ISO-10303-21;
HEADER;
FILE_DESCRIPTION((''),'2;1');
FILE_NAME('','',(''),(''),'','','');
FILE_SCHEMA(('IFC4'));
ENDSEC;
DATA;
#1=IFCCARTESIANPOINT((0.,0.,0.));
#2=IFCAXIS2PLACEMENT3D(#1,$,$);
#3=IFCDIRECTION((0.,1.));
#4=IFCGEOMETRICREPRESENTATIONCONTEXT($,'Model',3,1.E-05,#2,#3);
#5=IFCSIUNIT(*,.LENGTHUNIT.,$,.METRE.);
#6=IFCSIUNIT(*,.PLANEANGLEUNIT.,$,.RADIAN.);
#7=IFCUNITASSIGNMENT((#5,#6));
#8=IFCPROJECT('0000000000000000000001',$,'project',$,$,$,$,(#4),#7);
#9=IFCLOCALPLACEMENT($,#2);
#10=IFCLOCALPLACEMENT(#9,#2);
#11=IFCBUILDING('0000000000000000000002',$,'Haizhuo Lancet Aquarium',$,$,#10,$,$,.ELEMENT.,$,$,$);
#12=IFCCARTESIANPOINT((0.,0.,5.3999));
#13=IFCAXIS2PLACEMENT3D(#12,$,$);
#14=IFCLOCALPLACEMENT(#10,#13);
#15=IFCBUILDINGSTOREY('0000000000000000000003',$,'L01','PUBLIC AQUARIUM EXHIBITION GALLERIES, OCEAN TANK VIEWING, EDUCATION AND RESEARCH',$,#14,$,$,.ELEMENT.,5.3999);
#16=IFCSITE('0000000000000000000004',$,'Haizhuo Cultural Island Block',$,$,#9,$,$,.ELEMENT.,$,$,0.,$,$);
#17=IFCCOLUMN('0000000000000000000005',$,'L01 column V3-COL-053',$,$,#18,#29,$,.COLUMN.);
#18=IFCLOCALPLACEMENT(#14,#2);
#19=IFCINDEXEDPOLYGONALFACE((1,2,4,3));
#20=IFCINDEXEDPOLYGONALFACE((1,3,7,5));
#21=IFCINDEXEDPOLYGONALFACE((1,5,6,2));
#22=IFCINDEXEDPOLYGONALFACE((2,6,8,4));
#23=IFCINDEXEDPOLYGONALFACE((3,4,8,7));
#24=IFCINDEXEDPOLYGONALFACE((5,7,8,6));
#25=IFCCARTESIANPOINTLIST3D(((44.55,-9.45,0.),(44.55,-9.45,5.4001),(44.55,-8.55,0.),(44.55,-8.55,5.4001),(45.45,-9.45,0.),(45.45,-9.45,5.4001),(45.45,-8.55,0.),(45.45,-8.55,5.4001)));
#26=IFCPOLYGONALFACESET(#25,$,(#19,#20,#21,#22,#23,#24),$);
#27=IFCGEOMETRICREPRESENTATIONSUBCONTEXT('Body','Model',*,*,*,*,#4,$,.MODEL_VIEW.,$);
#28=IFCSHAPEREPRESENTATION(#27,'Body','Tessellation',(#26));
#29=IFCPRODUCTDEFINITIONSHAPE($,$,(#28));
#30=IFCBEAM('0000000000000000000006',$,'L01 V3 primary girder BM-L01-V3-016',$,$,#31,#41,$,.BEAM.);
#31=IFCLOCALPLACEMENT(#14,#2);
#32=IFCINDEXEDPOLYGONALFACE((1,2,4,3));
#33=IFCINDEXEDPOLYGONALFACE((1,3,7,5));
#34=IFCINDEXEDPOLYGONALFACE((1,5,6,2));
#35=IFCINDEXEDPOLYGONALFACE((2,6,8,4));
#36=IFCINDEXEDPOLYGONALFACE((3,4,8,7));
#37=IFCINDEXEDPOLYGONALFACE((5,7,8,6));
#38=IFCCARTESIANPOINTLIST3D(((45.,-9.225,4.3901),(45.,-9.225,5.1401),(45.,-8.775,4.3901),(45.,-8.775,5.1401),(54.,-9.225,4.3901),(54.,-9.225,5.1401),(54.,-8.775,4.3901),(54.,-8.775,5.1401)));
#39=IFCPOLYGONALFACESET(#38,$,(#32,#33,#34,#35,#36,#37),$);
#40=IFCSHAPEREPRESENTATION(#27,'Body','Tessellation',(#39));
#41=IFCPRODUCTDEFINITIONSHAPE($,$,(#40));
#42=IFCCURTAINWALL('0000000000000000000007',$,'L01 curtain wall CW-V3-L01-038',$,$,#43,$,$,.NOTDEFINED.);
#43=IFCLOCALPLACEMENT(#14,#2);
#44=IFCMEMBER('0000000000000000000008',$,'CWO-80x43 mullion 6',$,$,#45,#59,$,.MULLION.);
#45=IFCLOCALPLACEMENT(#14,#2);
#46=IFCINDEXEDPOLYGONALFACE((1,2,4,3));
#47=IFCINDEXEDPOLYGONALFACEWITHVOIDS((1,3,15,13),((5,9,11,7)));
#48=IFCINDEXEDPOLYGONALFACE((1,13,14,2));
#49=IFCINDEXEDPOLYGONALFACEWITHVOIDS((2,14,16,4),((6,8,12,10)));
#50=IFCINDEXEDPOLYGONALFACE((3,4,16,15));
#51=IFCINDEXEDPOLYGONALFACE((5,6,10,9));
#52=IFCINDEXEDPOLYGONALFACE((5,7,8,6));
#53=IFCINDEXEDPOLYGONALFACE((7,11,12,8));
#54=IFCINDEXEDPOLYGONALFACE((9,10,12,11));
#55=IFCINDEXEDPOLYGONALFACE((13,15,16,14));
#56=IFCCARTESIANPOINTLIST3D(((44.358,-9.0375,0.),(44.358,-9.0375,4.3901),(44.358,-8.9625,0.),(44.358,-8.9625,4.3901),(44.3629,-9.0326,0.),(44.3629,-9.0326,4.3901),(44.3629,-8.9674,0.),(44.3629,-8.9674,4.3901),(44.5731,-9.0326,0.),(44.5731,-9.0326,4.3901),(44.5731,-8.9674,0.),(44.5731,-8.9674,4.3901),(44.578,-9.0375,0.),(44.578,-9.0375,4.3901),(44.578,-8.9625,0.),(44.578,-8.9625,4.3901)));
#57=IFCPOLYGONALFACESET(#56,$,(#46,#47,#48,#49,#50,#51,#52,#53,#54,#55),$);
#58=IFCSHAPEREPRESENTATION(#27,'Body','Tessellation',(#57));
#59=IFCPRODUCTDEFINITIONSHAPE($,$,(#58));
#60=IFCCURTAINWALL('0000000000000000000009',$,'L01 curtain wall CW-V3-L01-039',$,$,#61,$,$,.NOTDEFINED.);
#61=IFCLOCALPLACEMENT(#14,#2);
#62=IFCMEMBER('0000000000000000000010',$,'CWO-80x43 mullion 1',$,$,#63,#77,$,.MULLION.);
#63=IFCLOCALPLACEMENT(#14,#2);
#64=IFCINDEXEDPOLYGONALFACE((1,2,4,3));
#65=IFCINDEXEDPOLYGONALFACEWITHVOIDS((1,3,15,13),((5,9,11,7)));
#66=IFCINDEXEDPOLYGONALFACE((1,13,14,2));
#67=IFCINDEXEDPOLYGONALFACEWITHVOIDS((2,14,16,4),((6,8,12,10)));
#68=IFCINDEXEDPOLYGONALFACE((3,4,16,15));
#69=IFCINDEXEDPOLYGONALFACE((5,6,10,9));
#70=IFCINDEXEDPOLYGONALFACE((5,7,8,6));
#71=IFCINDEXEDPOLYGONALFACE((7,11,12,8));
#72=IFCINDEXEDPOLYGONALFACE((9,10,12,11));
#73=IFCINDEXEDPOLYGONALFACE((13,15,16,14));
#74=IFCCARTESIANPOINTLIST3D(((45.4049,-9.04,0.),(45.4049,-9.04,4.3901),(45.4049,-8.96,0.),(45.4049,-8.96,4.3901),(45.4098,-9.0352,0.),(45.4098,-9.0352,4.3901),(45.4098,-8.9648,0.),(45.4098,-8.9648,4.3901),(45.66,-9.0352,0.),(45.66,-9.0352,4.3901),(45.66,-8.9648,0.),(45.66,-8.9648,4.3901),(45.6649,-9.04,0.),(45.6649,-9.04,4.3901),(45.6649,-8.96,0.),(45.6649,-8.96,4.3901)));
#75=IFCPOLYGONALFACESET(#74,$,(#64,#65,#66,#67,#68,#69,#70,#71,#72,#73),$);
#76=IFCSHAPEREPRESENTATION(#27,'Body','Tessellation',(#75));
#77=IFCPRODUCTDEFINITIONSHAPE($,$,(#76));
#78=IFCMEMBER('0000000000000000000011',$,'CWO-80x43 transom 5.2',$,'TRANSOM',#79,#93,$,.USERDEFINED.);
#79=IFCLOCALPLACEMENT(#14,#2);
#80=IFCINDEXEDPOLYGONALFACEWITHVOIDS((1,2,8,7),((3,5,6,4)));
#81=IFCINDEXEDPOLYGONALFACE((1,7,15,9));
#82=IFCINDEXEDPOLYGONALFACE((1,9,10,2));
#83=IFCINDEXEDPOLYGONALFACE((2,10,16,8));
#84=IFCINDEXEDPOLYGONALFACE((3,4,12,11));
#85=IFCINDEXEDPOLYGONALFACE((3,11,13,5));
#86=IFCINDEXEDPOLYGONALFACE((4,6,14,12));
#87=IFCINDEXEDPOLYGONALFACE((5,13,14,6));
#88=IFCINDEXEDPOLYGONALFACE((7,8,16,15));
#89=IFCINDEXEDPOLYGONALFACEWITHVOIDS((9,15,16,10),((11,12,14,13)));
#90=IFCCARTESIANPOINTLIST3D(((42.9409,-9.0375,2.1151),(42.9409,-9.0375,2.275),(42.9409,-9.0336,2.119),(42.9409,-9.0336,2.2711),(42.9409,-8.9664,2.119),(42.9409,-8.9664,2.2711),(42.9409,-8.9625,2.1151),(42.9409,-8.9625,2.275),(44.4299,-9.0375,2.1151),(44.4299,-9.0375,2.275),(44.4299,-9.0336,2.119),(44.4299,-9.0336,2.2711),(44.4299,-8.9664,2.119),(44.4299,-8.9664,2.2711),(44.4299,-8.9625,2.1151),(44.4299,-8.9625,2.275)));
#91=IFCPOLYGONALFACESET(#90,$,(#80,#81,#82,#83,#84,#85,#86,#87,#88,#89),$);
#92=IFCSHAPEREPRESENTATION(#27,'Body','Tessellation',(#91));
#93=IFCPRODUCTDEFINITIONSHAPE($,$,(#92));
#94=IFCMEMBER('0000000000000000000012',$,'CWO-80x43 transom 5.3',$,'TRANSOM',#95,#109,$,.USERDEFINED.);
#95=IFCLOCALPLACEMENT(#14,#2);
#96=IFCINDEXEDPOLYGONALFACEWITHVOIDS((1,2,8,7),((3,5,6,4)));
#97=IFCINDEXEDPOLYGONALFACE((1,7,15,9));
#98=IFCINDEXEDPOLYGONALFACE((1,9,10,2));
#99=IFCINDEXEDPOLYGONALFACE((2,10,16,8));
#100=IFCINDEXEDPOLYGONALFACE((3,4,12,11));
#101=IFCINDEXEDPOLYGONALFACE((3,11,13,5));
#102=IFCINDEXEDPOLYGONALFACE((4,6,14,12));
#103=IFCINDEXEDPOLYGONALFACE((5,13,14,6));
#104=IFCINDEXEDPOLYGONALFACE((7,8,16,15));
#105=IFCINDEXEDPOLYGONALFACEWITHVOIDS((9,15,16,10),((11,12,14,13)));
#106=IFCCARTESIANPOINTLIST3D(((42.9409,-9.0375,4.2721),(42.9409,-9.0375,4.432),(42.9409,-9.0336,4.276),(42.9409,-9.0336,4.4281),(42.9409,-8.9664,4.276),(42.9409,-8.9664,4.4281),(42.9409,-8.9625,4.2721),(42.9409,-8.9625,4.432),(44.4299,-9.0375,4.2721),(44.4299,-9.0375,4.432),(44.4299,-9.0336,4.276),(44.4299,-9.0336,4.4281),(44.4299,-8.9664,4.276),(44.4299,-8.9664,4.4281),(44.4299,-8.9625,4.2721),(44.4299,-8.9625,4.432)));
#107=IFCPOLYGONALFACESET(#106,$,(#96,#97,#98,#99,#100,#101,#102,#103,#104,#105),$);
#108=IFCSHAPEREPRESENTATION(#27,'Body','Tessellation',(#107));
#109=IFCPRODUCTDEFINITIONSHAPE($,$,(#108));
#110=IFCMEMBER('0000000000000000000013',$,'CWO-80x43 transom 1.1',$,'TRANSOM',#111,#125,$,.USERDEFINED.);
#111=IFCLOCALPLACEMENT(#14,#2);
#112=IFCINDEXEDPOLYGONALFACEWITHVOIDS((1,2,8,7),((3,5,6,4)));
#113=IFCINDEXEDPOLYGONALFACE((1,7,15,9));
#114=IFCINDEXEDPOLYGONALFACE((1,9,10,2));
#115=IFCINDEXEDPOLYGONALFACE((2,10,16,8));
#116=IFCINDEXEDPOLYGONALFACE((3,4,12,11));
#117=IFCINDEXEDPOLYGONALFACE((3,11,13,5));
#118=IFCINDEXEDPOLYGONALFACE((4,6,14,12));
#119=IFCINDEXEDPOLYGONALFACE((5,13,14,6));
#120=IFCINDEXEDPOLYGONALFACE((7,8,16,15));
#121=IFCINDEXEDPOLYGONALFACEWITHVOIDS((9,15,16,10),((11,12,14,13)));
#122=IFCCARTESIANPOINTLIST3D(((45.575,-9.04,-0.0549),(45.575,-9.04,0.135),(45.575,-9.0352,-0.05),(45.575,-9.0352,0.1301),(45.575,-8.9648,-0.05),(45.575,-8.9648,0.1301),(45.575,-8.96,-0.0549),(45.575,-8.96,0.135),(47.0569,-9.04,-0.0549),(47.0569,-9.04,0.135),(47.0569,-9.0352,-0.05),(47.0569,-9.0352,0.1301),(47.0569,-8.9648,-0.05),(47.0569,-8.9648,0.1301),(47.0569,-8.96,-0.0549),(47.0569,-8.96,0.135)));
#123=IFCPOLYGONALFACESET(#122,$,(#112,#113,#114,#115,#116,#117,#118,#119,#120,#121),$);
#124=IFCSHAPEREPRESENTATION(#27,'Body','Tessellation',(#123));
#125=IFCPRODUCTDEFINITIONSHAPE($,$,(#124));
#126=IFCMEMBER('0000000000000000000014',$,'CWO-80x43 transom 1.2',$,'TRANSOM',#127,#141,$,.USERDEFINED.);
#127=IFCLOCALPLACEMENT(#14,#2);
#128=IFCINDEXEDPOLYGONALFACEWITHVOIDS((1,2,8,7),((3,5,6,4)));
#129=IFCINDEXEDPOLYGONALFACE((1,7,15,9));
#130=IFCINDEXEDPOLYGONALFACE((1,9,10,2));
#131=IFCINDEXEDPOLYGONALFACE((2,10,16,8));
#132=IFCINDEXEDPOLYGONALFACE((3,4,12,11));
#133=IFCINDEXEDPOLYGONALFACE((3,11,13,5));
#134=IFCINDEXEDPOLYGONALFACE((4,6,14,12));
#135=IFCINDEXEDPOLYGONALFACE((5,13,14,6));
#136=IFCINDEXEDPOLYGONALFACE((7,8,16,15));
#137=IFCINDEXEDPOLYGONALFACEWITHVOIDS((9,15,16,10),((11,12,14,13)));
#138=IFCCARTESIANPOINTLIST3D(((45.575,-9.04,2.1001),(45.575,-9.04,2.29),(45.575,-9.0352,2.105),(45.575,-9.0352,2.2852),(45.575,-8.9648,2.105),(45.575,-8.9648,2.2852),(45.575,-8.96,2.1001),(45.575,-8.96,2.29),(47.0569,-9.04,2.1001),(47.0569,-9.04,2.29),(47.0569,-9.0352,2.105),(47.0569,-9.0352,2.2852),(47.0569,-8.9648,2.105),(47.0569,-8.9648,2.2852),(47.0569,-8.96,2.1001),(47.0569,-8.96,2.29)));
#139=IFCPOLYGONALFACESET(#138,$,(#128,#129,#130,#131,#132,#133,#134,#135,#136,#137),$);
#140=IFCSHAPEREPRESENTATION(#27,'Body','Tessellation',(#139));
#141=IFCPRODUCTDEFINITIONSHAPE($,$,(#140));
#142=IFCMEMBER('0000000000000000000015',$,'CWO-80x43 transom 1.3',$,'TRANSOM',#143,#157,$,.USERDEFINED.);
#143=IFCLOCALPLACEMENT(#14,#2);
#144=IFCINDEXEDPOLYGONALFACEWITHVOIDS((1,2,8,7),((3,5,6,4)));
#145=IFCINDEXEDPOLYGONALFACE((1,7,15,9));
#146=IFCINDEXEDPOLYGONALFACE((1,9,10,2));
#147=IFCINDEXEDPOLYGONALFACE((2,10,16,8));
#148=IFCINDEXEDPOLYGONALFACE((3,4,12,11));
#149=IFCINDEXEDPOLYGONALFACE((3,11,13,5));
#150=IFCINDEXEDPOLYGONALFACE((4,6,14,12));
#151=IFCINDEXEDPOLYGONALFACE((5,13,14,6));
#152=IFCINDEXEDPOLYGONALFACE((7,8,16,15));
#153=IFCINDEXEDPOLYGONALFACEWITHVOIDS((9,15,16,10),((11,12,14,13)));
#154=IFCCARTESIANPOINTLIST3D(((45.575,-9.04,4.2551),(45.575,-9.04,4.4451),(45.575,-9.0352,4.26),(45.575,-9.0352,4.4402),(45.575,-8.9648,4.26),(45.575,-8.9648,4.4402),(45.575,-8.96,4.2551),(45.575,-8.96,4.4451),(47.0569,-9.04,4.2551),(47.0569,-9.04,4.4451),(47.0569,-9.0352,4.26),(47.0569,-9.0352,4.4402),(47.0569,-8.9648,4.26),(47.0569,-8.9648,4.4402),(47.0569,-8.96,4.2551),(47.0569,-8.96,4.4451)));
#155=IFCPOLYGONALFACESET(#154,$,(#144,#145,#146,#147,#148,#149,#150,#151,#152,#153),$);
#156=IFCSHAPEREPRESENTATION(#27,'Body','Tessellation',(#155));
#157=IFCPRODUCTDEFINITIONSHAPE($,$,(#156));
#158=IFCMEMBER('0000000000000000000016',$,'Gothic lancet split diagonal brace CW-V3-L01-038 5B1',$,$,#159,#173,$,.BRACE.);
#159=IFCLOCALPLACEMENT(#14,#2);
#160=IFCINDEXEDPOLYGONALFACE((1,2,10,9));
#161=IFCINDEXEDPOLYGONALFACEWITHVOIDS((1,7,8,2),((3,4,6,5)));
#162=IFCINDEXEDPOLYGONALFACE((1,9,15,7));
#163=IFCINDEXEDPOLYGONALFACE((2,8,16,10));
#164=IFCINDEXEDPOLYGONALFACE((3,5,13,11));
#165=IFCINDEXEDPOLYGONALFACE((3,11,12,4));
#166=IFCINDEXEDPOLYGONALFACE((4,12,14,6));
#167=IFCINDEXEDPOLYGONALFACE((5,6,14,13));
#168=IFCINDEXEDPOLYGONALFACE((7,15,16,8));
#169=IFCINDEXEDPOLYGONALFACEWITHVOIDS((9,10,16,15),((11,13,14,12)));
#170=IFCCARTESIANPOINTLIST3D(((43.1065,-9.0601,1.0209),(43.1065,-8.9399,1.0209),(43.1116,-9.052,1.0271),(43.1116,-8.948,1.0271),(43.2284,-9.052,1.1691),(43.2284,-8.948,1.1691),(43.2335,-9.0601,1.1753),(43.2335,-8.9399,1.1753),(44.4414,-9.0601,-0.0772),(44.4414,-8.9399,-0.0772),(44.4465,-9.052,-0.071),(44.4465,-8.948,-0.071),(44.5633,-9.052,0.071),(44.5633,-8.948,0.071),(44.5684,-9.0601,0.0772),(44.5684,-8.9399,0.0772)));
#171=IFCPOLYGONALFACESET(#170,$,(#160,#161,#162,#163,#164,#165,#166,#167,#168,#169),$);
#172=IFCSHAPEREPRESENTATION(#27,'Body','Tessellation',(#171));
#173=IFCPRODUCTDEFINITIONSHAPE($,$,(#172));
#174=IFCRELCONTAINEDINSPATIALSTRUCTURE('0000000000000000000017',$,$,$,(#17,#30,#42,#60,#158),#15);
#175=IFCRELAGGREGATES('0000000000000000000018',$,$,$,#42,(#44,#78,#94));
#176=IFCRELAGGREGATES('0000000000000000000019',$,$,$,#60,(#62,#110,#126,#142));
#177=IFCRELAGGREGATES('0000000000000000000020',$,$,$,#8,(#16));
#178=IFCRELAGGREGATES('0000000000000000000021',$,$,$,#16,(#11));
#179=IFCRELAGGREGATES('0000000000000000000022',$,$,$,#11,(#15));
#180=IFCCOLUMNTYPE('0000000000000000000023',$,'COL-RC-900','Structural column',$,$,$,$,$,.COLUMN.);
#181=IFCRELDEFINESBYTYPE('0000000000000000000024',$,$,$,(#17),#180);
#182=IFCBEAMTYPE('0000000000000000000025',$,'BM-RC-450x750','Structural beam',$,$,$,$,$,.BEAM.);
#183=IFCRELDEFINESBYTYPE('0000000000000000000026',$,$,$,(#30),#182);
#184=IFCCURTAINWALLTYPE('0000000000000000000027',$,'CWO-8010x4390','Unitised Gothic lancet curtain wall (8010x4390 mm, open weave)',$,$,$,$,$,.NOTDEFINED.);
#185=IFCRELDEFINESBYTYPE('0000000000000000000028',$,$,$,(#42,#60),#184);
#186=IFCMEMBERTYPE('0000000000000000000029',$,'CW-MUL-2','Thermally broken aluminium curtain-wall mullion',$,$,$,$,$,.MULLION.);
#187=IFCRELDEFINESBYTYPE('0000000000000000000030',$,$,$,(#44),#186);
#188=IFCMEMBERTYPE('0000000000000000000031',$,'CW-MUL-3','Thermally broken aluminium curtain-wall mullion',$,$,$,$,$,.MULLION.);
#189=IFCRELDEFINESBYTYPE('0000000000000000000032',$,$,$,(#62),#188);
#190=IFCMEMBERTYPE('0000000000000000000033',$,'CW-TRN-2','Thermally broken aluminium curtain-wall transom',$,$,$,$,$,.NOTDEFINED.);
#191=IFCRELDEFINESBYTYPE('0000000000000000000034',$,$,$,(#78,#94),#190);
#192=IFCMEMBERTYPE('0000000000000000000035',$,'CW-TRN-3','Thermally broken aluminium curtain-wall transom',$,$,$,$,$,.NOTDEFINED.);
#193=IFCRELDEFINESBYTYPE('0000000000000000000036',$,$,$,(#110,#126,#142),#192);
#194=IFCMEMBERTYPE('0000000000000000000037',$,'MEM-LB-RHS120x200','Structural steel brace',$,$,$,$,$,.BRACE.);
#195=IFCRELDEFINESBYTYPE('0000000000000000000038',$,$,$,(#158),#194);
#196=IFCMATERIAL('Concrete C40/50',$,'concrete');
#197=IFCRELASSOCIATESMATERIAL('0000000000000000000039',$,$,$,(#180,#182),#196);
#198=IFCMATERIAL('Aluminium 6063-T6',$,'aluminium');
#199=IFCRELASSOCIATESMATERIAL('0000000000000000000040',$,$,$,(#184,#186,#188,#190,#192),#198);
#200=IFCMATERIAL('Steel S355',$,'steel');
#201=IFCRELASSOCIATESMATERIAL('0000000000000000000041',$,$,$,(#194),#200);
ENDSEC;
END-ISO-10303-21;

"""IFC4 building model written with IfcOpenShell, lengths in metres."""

from ifc_helpers import new_model, si_unit, direction, frame, origin, origin_2d, place, context, subcontext, project, spatial, rectangle, hollow_rectangle, extrude, material, material_profile, profile_set, type_object, element, aggregate, save


model = new_model("IFC4")

# Units and contexts
model_context = context("Model", 3, precision=1e-05, world=origin(), true_north=direction((0.0, 1.0)))
body_context = subcontext(model_context, "Body", "Model", "MODEL_VIEW")
ifc_project = project(units=[si_unit("LENGTHUNIT", "METRE"), si_unit("PLANEANGLEUNIT", "RADIAN")], contexts=[model_context])

# Site, building, storey
site_placement = place(None, origin())
site = spatial("IfcSite", under=ifc_project, at=site_placement, Name="Haizhuo Cultural Island Block", CompositionType="ELEMENT", RefElevation=0.0)
building_placement = place(site_placement, origin())
building = spatial("IfcBuilding", under=site, at=building_placement, Name="Haizhuo Lancet Aquarium", CompositionType="ELEMENT")
storey_placement = place(building_placement, frame((0.0, 0.0, 5.3999)))
storey = spatial("IfcBuildingStorey", under=building, at=storey_placement, Name="L01", Description="PUBLIC AQUARIUM EXHIBITION GALLERIES, OCEAN TANK VIEWING, EDUCATION AND RESEARCH", CompositionType="ELEMENT", Elevation=5.3999)

# Column
ifc_material_1 = material(Name="Concrete C40/50", Category="concrete")
ifc_material_profile_1 = material_profile(ifc_material_1, rectangle(XDim=0.8999, YDim=0.8999, at=origin_2d()), Name="RC-COL 900x900")
ifc_profile_set_1 = profile_set([ifc_material_profile_1], Name="Concrete C40/50")
column_type = type_object("IfcColumnType", Name="COL-RC-900", Description="Structural column", PredefinedType="COLUMN", material=ifc_profile_set_1)
column_placement = place(storey_placement, frame((45.0, -9.0, 0.0), z_axis=(0.0, 0.0, 1.0), x_axis=(1.0, 0.0, 0.0)))
element("IfcColumn", 1, at=column_placement, inside=storey, type_object=column_type, Name="L01 column V3-COL-053", PredefinedType="COLUMN", context=body_context, shape_type="SweptSolid", body=[
    extrude(rectangle(XDim=0.8999, YDim=0.8999, at=origin_2d()), origin(), (0.0, 0.0, 1.0), 5.4001),
])

# Beam
ifc_material_profile_2 = material_profile(ifc_material_1, rectangle(XDim=0.45, YDim=0.75, at=origin_2d()), Name="RC-BM 450x750")
ifc_profile_set_2 = profile_set([ifc_material_profile_2], Name="Concrete C40/50")
beam_type = type_object("IfcBeamType", Name="BM-RC-450x750", Description="Structural beam", PredefinedType="BEAM", material=ifc_profile_set_2)
beam_placement = place(storey_placement, frame((45.0, -9.0, 4.7651), z_axis=(1.0, 0.0, 0.0), x_axis=(0.0, 1.0, 0.0)))
element("IfcBeam", 2, at=beam_placement, inside=storey, type_object=beam_type, Name="L01 V3 primary girder BM-L01-V3-016", PredefinedType="BEAM", context=body_context, shape_type="SweptSolid", body=[
    extrude(rectangle(XDim=0.45, YDim=0.75, at=origin_2d()), origin(), (0.0, 0.0, 1.0), 9.0),
])

# Curtain walls, members
ifc_material_2 = material(Name="Aluminium 6063-T6", Category="aluminium")
curtain_wall_type = type_object("IfcCurtainWallType", Name="CWO-8010x4390", Description="Unitised Gothic lancet curtain wall (8010x4390 mm, open weave)", PredefinedType="NOTDEFINED", material=ifc_material_2)
curtain_wall_1_placement = place(storey_placement, origin())
curtain_wall_1 = element("IfcCurtainWall", 3, at=curtain_wall_1_placement, inside=storey, type_object=curtain_wall_type, Name="L01 curtain wall CW-V3-L01-038", PredefinedType="NOTDEFINED")
ifc_material_profile_3 = material_profile(ifc_material_2, hollow_rectangle(XDim=0.075, YDim=0.22, WallThickness=0.0049, at=origin_2d()), Name="ALU-M 75x220x5")
ifc_profile_set_3 = profile_set([ifc_material_profile_3], Name="Aluminium 6063-T6")
member_type_1 = type_object("IfcMemberType", Name="CW-MUL-2", Description="Thermally broken aluminium curtain-wall mullion", PredefinedType="MULLION", material=ifc_profile_set_3)
member_1_placement = place(storey_placement, frame((44.468, -9.0, 0.0), z_axis=(0.0, 0.0, 1.0), x_axis=(0.0, 1.0, 0.0)))
member_1 = element("IfcMember", 4, at=member_1_placement, type_object=member_type_1, Name="CWO-80x43 mullion 6", PredefinedType="MULLION", context=body_context, shape_type="SweptSolid", body=[
    extrude(hollow_rectangle(XDim=0.075, YDim=0.22, WallThickness=0.0049, at=origin_2d()), origin(), (0.0, 0.0, 1.0), 4.3901),
])
curtain_wall_2_placement = place(storey_placement, origin())
curtain_wall_2 = element("IfcCurtainWall", 5, at=curtain_wall_2_placement, inside=storey, type_object=curtain_wall_type, Name="L01 curtain wall CW-V3-L01-039", PredefinedType="NOTDEFINED")
ifc_material_profile_4 = material_profile(ifc_material_2, hollow_rectangle(XDim=0.0801, YDim=0.26, WallThickness=0.0049, at=origin_2d()), Name="ALU-M 80x260x5")
ifc_profile_set_4 = profile_set([ifc_material_profile_4], Name="Aluminium 6063-T6")
member_type_2 = type_object("IfcMemberType", Name="CW-MUL-3", Description="Thermally broken aluminium curtain-wall mullion", PredefinedType="MULLION", material=ifc_profile_set_4)
member_2_placement = place(storey_placement, frame((45.5349, -9.0, 0.0), z_axis=(0.0, 0.0, 1.0), x_axis=(0.0, 1.0, 0.0)))
member_2 = element("IfcMember", 6, at=member_2_placement, type_object=member_type_2, Name="CWO-80x43 mullion 1", PredefinedType="MULLION", context=body_context, shape_type="SweptSolid", body=[
    extrude(hollow_rectangle(XDim=0.0801, YDim=0.26, WallThickness=0.0049, at=origin_2d()), origin(), (0.0, 0.0, 1.0), 4.3901),
])

# Members
ifc_material_profile_5 = material_profile(ifc_material_2, hollow_rectangle(XDim=0.075, YDim=0.1599, WallThickness=0.0039, at=origin_2d()), Name="ALU-T 75x160x4")
ifc_profile_set_5 = profile_set([ifc_material_profile_5], Name="Aluminium 6063-T6")
member_type_3 = type_object("IfcMemberType", Name="CW-TRN-2", Description="Thermally broken aluminium curtain-wall transom", PredefinedType="NOTDEFINED", material=ifc_profile_set_5)
member_3_placement = place(storey_placement, frame((42.9409, -9.0, 2.1951), z_axis=(1.0, 0.0, 0.0), x_axis=(0.0, 1.0, 0.0)))
member_3 = element("IfcMember", 7, at=member_3_placement, type_object=member_type_3, Name="CWO-80x43 transom 5.2", ObjectType="TRANSOM", PredefinedType="USERDEFINED", context=body_context, shape_type="SweptSolid", body=[
    extrude(hollow_rectangle(XDim=0.075, YDim=0.1599, WallThickness=0.0039, at=origin_2d()), origin(), (0.0, 0.0, 1.0), 1.489),
])
member_4_placement = place(storey_placement, frame((42.9409, -9.0, 4.3521), z_axis=(1.0, 0.0, 0.0), x_axis=(0.0, 1.0, 0.0)))
member_4 = element("IfcMember", 8, at=member_4_placement, type_object=member_type_3, Name="CWO-80x43 transom 5.3", ObjectType="TRANSOM", PredefinedType="USERDEFINED", context=body_context, shape_type="SweptSolid", body=[
    extrude(hollow_rectangle(XDim=0.075, YDim=0.1599, WallThickness=0.0039, at=origin_2d()), origin(), (0.0, 0.0, 1.0), 1.489),
])
ifc_material_profile_6 = material_profile(ifc_material_2, hollow_rectangle(XDim=0.0801, YDim=0.1899, WallThickness=0.0049, at=origin_2d()), Name="ALU-T 80x190x5")
ifc_profile_set_6 = profile_set([ifc_material_profile_6], Name="Aluminium 6063-T6")
member_type_4 = type_object("IfcMemberType", Name="CW-TRN-3", Description="Thermally broken aluminium curtain-wall transom", PredefinedType="NOTDEFINED", material=ifc_profile_set_6)
member_5_placement = place(storey_placement, frame((45.575, -9.0, 0.04), z_axis=(1.0, 0.0, 0.0), x_axis=(0.0, 1.0, 0.0)))
member_5 = element("IfcMember", 9, at=member_5_placement, type_object=member_type_4, Name="CWO-80x43 transom 1.1", ObjectType="TRANSOM", PredefinedType="USERDEFINED", context=body_context, shape_type="SweptSolid", body=[
    extrude(hollow_rectangle(XDim=0.0801, YDim=0.1899, WallThickness=0.0049, at=origin_2d()), origin(), (0.0, 0.0, 1.0), 1.4819),
])
member_6_placement = place(storey_placement, frame((45.575, -9.0, 2.1951), z_axis=(1.0, 0.0, 0.0), x_axis=(0.0, 1.0, 0.0)))
member_6 = element("IfcMember", 10, at=member_6_placement, type_object=member_type_4, Name="CWO-80x43 transom 1.2", ObjectType="TRANSOM", PredefinedType="USERDEFINED", context=body_context, shape_type="SweptSolid", body=[
    extrude(hollow_rectangle(XDim=0.0801, YDim=0.1899, WallThickness=0.0049, at=origin_2d()), origin(), (0.0, 0.0, 1.0), 1.4819),
])
member_7_placement = place(storey_placement, frame((45.575, -9.0, 4.3501), z_axis=(1.0, 0.0, 0.0), x_axis=(0.0, 1.0, 0.0)))
member_7 = element("IfcMember", 11, at=member_7_placement, type_object=member_type_4, Name="CWO-80x43 transom 1.3", ObjectType="TRANSOM", PredefinedType="USERDEFINED", context=body_context, shape_type="SweptSolid", body=[
    extrude(hollow_rectangle(XDim=0.0801, YDim=0.1899, WallThickness=0.0049, at=origin_2d()), origin(), (0.0, 0.0, 1.0), 1.4819),
])

# Member
ifc_material_3 = material(Name="Steel S355", Category="steel")
ifc_material_profile_7 = material_profile(ifc_material_3, hollow_rectangle(XDim=0.1201, YDim=0.2, WallThickness=0.0081, at=origin_2d()), Name="RHS 120x200x8")
ifc_profile_set_7 = profile_set([ifc_material_profile_7], Name="Steel S355")
member_type_5 = type_object("IfcMemberType", Name="MEM-LB-RHS120x200", Description="Structural steel brace", PredefinedType="BRACE", material=ifc_profile_set_7)
member_8_placement = place(storey_placement, frame((44.5049, -9.0, 0.0), z_axis=(-0.772281, 0.0, 0.635281), x_axis=(0.0, -1.0, 0.0)))
element("IfcMember", 12, at=member_8_placement, inside=storey, type_object=member_type_5, Name="Gothic lancet split diagonal brace CW-V3-L01-038 5B1", PredefinedType="BRACE", context=body_context, shape_type="SweptSolid", body=[
    extrude(hollow_rectangle(XDim=0.1201, YDim=0.2, WallThickness=0.0081, at=origin_2d()), origin(), (0.0, 0.0, 1.0), 1.7285),
])

aggregate(curtain_wall_1, [member_1, member_3, member_4])
aggregate(curtain_wall_2, [member_2, member_5, member_6, member_7])

save(model, "model.ifc")
